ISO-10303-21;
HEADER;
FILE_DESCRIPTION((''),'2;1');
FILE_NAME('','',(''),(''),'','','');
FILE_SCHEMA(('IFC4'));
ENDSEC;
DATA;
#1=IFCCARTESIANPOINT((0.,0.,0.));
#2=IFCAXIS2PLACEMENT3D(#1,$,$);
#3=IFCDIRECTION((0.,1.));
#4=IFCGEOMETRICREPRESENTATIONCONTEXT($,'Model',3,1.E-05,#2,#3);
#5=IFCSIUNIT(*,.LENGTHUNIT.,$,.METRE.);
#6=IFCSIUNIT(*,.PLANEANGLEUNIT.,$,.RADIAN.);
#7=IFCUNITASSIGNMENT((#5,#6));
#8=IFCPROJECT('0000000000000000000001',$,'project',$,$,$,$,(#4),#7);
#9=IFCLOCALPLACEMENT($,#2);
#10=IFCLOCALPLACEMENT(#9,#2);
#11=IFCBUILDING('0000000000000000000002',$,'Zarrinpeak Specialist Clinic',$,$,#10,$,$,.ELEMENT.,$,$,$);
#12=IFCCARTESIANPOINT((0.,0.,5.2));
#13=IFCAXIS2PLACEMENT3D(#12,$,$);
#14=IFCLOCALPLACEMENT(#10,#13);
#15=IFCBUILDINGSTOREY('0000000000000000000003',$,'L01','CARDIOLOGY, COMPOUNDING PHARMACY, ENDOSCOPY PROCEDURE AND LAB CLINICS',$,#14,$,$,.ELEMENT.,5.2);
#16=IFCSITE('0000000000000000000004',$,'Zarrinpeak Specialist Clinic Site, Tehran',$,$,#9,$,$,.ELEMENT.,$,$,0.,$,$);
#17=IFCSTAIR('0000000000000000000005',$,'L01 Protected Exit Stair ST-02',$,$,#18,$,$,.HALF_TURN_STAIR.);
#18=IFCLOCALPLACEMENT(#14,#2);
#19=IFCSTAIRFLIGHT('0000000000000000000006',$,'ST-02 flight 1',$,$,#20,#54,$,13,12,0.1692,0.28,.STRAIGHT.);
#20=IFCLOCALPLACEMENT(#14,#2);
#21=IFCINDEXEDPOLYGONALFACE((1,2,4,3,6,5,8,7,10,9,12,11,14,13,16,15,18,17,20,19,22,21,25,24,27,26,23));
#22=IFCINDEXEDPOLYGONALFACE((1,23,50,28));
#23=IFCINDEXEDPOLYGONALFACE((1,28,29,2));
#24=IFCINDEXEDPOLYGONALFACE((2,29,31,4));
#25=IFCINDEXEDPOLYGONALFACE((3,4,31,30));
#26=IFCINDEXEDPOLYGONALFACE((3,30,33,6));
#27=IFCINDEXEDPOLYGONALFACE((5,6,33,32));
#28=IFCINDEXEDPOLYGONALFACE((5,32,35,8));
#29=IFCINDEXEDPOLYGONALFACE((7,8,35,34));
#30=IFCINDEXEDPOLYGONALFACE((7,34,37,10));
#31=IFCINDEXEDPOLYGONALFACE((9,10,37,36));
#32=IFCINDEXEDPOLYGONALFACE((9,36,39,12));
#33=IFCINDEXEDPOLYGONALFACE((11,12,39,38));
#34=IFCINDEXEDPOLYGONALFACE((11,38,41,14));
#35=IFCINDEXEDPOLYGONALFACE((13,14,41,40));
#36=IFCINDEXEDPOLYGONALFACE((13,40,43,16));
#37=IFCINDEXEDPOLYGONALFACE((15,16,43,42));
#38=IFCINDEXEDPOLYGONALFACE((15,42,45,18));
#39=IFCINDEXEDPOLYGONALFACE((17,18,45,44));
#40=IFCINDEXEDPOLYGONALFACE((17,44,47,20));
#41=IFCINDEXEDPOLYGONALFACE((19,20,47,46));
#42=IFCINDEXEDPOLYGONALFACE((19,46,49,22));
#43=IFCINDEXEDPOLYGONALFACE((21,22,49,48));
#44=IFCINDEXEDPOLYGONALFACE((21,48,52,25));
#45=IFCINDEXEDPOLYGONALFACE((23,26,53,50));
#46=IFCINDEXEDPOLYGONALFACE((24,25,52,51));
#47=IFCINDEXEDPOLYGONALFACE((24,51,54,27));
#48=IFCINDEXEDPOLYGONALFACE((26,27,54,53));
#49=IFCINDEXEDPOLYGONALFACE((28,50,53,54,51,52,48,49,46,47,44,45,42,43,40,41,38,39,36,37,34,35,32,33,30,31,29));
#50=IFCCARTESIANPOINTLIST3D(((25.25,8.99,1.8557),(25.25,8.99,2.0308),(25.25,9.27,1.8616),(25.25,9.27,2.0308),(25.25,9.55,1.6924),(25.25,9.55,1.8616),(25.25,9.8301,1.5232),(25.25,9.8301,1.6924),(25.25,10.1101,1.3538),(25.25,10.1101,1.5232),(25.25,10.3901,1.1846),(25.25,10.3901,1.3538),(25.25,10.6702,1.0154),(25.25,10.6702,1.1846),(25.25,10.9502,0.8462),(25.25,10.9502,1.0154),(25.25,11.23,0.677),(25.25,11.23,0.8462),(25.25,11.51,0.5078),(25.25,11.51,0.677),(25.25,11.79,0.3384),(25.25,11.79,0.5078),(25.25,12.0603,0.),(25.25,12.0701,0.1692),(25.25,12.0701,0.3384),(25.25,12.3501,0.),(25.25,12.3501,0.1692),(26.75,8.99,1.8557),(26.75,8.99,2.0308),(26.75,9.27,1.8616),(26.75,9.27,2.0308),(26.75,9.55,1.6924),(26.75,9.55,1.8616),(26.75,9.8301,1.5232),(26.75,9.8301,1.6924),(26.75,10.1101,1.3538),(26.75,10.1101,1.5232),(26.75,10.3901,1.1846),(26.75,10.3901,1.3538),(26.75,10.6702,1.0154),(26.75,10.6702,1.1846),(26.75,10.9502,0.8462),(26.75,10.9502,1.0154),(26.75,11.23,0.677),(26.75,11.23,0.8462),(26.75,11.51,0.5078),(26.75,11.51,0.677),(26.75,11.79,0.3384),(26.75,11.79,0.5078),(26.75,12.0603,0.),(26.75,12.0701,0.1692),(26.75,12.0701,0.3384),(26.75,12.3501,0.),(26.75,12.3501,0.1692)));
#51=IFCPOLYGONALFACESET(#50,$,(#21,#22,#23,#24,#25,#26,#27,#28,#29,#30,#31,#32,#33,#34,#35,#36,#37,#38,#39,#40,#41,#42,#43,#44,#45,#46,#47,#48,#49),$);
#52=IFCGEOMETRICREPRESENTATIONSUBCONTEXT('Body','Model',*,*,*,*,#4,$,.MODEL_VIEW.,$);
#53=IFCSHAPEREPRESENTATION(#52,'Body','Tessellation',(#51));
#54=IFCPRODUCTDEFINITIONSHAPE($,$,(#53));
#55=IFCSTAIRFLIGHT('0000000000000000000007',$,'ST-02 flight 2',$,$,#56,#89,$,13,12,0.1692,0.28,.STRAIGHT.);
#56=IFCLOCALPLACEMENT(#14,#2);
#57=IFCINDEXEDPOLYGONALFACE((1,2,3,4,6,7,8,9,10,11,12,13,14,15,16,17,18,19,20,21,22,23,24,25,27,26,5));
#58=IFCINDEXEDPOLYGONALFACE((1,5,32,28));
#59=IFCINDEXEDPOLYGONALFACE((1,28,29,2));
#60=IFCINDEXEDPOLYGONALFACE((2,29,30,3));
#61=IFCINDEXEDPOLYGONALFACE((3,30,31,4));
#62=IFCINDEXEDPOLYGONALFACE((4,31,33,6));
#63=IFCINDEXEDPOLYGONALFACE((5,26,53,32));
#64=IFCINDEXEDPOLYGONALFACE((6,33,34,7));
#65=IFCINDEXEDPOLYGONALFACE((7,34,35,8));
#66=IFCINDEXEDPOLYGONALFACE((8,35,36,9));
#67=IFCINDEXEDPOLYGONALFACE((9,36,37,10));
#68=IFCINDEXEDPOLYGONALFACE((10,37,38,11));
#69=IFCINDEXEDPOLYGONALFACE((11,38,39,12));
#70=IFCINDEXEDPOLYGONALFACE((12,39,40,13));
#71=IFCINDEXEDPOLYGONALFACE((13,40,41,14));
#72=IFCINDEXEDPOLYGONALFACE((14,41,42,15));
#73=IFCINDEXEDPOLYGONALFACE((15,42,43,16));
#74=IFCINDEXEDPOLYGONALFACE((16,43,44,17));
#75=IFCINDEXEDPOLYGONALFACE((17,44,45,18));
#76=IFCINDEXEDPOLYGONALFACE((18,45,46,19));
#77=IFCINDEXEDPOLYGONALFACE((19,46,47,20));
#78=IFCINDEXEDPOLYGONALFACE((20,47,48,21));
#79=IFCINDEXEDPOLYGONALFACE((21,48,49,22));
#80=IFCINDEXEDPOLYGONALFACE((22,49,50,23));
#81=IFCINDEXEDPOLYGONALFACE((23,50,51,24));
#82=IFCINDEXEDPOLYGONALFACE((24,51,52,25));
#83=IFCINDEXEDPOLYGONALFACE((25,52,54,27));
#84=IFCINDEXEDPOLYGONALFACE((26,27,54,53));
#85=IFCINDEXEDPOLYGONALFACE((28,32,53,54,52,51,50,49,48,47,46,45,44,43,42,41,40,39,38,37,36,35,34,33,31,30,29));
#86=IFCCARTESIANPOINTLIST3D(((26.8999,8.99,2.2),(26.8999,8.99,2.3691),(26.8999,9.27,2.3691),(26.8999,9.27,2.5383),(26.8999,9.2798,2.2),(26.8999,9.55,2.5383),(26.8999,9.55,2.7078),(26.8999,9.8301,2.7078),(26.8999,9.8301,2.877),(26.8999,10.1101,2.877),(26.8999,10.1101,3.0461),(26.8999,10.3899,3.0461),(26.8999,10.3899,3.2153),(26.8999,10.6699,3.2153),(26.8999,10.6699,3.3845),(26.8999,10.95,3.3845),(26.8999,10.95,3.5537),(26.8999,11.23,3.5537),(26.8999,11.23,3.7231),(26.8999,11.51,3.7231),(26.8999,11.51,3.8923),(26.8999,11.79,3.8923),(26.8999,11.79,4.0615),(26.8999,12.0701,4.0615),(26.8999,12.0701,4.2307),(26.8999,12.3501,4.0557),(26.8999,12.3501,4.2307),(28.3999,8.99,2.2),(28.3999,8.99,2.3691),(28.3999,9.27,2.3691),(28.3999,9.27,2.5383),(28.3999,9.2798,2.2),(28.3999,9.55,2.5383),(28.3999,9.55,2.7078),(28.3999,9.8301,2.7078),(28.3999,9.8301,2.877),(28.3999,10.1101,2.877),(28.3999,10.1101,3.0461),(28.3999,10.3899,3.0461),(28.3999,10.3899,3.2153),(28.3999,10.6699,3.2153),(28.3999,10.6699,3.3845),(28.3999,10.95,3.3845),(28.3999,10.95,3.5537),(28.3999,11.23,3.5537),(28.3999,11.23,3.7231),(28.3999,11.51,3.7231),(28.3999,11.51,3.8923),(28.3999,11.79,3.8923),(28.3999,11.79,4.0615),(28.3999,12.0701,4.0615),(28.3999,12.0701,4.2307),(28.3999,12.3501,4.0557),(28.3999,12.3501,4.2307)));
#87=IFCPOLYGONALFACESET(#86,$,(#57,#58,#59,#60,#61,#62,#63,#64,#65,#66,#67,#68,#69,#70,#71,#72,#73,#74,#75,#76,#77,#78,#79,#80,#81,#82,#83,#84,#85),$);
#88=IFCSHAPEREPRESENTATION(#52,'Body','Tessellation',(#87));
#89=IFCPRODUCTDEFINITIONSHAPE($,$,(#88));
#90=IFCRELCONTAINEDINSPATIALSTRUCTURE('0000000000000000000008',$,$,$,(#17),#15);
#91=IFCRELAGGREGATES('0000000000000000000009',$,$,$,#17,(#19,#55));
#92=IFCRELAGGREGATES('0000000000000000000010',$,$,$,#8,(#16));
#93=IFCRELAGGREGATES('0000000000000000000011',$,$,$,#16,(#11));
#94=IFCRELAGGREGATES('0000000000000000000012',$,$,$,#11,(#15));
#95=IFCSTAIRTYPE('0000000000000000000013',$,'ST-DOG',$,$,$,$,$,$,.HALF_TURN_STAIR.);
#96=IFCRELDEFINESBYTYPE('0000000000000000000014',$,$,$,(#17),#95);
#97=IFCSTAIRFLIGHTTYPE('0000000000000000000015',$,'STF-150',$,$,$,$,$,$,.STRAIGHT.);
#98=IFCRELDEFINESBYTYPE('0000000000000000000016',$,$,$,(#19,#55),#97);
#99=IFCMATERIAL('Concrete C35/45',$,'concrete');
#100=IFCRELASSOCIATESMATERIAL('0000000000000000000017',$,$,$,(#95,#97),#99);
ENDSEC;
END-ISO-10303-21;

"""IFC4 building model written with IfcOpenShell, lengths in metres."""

from ifc_helpers import new_model, si_unit, direction, frame, origin, place, context, subcontext, project, spatial, polyline, outline, extrude, material, type_object, element, aggregate, save


model = new_model("IFC4")

# Units and contexts
model_context = context("Model", 3, precision=1e-05, world=origin(), true_north=direction((0.0, 1.0)))
body_context = subcontext(model_context, "Body", "Model", "MODEL_VIEW")
ifc_project = project(units=[si_unit("LENGTHUNIT", "METRE"), si_unit("PLANEANGLEUNIT", "RADIAN")], contexts=[model_context])

# Site, building, storey
site_placement = place(None, origin())
site = spatial("IfcSite", under=ifc_project, at=site_placement, Name="Zarrinpeak Specialist Clinic Site, Tehran", CompositionType="ELEMENT", RefElevation=0.0)
building_placement = place(site_placement, origin())
building = spatial("IfcBuilding", under=site, at=building_placement, Name="Zarrinpeak Specialist Clinic", CompositionType="ELEMENT")
storey_placement = place(building_placement, frame((0.0, 0.0, 5.2)))
storey = spatial("IfcBuildingStorey", under=building, at=storey_placement, Name="L01", Description="CARDIOLOGY, COMPOUNDING PHARMACY, ENDOSCOPY PROCEDURE AND LAB CLINICS", CompositionType="ELEMENT", Elevation=5.2)

# Stair, stair flights
ifc_material_1 = material(Name="Concrete C35/45", Category="concrete")
stair_type = type_object("IfcStairType", Name="ST-DOG", PredefinedType="HALF_TURN_STAIR", material=ifc_material_1)
stair_placement = place(storey_placement, origin())
stair = element("IfcStair", 1, at=stair_placement, inside=storey, type_object=stair_type, Name="L01 Protected Exit Stair ST-02", PredefinedType="HALF_TURN_STAIR")
stair_flight_type = type_object("IfcStairFlightType", Name="STF-150", PredefinedType="STRAIGHT", material=ifc_material_1)
stair_flight_1_placement = place(storey_placement, frame((26.0, 12.3501, 0.0), z_axis=(0.0, 0.0, 1.0), x_axis=(0.0, -1.0, 0.0)))
stair_flight_1 = element("IfcStairFlight", 2, at=stair_flight_1_placement, type_object=stair_flight_type, Name="ST-02 flight 1", NumberOfRisers=13, NumberOfTreads=12, PredefinedType="STRAIGHT", RiserHeight=0.1692, TreadLength=0.28, context=body_context, shape_type="SweptSolid", body=[
    extrude(outline(polyline([(0.0, 0.0), (0.0, 0.1692), (0.28, 0.1692), (0.28, 0.3384), (0.5601, 0.3384), (0.5601, 0.5078), (0.8401, 0.5078), (0.8401, 0.677), (1.1201, 0.677), (1.1201, 0.8462), (1.3999, 0.8462), (1.3999, 1.0154), (1.6799, 1.0154), (1.6799, 1.1846), (1.96, 1.1846), (1.96, 1.3538), (2.24, 1.3538), (2.24, 1.5232), (2.52, 1.5232), (2.52, 1.6924), (2.8, 1.6924), (2.8, 1.8616), (3.0801, 1.8616), (3.0801, 2.0308), (3.3601, 2.0308), (3.3601, 2.2), (3.3601, 1.8557), (0.2898, 0.0), (0.0, 0.0)])), frame((0.0, 0.75, 0.0), z_axis=(0.0, -1.0, 0.0), x_axis=(1.0, 0.0, 0.0)), (0.0, 0.0, 1.0), 1.5),
])
stair_flight_2_placement = place(storey_placement, frame((27.6499, 8.99, 2.2), z_axis=(0.0, 0.0, 1.0), x_axis=(0.0, 1.0, 0.0)))
stair_flight_2 = element("IfcStairFlight", 3, at=stair_flight_2_placement, type_object=stair_flight_type, Name="ST-02 flight 2", NumberOfRisers=13, NumberOfTreads=12, PredefinedType="STRAIGHT", RiserHeight=0.1692, TreadLength=0.28, context=body_context, shape_type="SweptSolid", body=[
    extrude(outline(polyline([(0.0, 0.0), (0.0, 0.1692), (0.28, 0.1692), (0.28, 0.3384), (0.5601, 0.3384), (0.5601, 0.5078), (0.8401, 0.5078), (0.8401, 0.677), (1.1201, 0.677), (1.1201, 0.8462), (1.3999, 0.8462), (1.3999, 1.0154), (1.6799, 1.0154), (1.6799, 1.1846), (1.96, 1.1846), (1.96, 1.3538), (2.24, 1.3538), (2.24, 1.5232), (2.52, 1.5232), (2.52, 1.6924), (2.8, 1.6924), (2.8, 1.8616), (3.0801, 1.8616), (3.0801, 2.0308), (3.3601, 2.0308), (3.3601, 2.2), (3.3601, 1.8557), (0.2898, 0.0), (0.0, 0.0)])), frame((0.0, 0.75, 0.0), z_axis=(0.0, -1.0, 0.0), x_axis=(1.0, 0.0, 0.0)), (0.0, 0.0, 1.0), 1.5),
])
aggregate(stair, [stair_flight_1, stair_flight_2])

save(model, "model.ifc")
